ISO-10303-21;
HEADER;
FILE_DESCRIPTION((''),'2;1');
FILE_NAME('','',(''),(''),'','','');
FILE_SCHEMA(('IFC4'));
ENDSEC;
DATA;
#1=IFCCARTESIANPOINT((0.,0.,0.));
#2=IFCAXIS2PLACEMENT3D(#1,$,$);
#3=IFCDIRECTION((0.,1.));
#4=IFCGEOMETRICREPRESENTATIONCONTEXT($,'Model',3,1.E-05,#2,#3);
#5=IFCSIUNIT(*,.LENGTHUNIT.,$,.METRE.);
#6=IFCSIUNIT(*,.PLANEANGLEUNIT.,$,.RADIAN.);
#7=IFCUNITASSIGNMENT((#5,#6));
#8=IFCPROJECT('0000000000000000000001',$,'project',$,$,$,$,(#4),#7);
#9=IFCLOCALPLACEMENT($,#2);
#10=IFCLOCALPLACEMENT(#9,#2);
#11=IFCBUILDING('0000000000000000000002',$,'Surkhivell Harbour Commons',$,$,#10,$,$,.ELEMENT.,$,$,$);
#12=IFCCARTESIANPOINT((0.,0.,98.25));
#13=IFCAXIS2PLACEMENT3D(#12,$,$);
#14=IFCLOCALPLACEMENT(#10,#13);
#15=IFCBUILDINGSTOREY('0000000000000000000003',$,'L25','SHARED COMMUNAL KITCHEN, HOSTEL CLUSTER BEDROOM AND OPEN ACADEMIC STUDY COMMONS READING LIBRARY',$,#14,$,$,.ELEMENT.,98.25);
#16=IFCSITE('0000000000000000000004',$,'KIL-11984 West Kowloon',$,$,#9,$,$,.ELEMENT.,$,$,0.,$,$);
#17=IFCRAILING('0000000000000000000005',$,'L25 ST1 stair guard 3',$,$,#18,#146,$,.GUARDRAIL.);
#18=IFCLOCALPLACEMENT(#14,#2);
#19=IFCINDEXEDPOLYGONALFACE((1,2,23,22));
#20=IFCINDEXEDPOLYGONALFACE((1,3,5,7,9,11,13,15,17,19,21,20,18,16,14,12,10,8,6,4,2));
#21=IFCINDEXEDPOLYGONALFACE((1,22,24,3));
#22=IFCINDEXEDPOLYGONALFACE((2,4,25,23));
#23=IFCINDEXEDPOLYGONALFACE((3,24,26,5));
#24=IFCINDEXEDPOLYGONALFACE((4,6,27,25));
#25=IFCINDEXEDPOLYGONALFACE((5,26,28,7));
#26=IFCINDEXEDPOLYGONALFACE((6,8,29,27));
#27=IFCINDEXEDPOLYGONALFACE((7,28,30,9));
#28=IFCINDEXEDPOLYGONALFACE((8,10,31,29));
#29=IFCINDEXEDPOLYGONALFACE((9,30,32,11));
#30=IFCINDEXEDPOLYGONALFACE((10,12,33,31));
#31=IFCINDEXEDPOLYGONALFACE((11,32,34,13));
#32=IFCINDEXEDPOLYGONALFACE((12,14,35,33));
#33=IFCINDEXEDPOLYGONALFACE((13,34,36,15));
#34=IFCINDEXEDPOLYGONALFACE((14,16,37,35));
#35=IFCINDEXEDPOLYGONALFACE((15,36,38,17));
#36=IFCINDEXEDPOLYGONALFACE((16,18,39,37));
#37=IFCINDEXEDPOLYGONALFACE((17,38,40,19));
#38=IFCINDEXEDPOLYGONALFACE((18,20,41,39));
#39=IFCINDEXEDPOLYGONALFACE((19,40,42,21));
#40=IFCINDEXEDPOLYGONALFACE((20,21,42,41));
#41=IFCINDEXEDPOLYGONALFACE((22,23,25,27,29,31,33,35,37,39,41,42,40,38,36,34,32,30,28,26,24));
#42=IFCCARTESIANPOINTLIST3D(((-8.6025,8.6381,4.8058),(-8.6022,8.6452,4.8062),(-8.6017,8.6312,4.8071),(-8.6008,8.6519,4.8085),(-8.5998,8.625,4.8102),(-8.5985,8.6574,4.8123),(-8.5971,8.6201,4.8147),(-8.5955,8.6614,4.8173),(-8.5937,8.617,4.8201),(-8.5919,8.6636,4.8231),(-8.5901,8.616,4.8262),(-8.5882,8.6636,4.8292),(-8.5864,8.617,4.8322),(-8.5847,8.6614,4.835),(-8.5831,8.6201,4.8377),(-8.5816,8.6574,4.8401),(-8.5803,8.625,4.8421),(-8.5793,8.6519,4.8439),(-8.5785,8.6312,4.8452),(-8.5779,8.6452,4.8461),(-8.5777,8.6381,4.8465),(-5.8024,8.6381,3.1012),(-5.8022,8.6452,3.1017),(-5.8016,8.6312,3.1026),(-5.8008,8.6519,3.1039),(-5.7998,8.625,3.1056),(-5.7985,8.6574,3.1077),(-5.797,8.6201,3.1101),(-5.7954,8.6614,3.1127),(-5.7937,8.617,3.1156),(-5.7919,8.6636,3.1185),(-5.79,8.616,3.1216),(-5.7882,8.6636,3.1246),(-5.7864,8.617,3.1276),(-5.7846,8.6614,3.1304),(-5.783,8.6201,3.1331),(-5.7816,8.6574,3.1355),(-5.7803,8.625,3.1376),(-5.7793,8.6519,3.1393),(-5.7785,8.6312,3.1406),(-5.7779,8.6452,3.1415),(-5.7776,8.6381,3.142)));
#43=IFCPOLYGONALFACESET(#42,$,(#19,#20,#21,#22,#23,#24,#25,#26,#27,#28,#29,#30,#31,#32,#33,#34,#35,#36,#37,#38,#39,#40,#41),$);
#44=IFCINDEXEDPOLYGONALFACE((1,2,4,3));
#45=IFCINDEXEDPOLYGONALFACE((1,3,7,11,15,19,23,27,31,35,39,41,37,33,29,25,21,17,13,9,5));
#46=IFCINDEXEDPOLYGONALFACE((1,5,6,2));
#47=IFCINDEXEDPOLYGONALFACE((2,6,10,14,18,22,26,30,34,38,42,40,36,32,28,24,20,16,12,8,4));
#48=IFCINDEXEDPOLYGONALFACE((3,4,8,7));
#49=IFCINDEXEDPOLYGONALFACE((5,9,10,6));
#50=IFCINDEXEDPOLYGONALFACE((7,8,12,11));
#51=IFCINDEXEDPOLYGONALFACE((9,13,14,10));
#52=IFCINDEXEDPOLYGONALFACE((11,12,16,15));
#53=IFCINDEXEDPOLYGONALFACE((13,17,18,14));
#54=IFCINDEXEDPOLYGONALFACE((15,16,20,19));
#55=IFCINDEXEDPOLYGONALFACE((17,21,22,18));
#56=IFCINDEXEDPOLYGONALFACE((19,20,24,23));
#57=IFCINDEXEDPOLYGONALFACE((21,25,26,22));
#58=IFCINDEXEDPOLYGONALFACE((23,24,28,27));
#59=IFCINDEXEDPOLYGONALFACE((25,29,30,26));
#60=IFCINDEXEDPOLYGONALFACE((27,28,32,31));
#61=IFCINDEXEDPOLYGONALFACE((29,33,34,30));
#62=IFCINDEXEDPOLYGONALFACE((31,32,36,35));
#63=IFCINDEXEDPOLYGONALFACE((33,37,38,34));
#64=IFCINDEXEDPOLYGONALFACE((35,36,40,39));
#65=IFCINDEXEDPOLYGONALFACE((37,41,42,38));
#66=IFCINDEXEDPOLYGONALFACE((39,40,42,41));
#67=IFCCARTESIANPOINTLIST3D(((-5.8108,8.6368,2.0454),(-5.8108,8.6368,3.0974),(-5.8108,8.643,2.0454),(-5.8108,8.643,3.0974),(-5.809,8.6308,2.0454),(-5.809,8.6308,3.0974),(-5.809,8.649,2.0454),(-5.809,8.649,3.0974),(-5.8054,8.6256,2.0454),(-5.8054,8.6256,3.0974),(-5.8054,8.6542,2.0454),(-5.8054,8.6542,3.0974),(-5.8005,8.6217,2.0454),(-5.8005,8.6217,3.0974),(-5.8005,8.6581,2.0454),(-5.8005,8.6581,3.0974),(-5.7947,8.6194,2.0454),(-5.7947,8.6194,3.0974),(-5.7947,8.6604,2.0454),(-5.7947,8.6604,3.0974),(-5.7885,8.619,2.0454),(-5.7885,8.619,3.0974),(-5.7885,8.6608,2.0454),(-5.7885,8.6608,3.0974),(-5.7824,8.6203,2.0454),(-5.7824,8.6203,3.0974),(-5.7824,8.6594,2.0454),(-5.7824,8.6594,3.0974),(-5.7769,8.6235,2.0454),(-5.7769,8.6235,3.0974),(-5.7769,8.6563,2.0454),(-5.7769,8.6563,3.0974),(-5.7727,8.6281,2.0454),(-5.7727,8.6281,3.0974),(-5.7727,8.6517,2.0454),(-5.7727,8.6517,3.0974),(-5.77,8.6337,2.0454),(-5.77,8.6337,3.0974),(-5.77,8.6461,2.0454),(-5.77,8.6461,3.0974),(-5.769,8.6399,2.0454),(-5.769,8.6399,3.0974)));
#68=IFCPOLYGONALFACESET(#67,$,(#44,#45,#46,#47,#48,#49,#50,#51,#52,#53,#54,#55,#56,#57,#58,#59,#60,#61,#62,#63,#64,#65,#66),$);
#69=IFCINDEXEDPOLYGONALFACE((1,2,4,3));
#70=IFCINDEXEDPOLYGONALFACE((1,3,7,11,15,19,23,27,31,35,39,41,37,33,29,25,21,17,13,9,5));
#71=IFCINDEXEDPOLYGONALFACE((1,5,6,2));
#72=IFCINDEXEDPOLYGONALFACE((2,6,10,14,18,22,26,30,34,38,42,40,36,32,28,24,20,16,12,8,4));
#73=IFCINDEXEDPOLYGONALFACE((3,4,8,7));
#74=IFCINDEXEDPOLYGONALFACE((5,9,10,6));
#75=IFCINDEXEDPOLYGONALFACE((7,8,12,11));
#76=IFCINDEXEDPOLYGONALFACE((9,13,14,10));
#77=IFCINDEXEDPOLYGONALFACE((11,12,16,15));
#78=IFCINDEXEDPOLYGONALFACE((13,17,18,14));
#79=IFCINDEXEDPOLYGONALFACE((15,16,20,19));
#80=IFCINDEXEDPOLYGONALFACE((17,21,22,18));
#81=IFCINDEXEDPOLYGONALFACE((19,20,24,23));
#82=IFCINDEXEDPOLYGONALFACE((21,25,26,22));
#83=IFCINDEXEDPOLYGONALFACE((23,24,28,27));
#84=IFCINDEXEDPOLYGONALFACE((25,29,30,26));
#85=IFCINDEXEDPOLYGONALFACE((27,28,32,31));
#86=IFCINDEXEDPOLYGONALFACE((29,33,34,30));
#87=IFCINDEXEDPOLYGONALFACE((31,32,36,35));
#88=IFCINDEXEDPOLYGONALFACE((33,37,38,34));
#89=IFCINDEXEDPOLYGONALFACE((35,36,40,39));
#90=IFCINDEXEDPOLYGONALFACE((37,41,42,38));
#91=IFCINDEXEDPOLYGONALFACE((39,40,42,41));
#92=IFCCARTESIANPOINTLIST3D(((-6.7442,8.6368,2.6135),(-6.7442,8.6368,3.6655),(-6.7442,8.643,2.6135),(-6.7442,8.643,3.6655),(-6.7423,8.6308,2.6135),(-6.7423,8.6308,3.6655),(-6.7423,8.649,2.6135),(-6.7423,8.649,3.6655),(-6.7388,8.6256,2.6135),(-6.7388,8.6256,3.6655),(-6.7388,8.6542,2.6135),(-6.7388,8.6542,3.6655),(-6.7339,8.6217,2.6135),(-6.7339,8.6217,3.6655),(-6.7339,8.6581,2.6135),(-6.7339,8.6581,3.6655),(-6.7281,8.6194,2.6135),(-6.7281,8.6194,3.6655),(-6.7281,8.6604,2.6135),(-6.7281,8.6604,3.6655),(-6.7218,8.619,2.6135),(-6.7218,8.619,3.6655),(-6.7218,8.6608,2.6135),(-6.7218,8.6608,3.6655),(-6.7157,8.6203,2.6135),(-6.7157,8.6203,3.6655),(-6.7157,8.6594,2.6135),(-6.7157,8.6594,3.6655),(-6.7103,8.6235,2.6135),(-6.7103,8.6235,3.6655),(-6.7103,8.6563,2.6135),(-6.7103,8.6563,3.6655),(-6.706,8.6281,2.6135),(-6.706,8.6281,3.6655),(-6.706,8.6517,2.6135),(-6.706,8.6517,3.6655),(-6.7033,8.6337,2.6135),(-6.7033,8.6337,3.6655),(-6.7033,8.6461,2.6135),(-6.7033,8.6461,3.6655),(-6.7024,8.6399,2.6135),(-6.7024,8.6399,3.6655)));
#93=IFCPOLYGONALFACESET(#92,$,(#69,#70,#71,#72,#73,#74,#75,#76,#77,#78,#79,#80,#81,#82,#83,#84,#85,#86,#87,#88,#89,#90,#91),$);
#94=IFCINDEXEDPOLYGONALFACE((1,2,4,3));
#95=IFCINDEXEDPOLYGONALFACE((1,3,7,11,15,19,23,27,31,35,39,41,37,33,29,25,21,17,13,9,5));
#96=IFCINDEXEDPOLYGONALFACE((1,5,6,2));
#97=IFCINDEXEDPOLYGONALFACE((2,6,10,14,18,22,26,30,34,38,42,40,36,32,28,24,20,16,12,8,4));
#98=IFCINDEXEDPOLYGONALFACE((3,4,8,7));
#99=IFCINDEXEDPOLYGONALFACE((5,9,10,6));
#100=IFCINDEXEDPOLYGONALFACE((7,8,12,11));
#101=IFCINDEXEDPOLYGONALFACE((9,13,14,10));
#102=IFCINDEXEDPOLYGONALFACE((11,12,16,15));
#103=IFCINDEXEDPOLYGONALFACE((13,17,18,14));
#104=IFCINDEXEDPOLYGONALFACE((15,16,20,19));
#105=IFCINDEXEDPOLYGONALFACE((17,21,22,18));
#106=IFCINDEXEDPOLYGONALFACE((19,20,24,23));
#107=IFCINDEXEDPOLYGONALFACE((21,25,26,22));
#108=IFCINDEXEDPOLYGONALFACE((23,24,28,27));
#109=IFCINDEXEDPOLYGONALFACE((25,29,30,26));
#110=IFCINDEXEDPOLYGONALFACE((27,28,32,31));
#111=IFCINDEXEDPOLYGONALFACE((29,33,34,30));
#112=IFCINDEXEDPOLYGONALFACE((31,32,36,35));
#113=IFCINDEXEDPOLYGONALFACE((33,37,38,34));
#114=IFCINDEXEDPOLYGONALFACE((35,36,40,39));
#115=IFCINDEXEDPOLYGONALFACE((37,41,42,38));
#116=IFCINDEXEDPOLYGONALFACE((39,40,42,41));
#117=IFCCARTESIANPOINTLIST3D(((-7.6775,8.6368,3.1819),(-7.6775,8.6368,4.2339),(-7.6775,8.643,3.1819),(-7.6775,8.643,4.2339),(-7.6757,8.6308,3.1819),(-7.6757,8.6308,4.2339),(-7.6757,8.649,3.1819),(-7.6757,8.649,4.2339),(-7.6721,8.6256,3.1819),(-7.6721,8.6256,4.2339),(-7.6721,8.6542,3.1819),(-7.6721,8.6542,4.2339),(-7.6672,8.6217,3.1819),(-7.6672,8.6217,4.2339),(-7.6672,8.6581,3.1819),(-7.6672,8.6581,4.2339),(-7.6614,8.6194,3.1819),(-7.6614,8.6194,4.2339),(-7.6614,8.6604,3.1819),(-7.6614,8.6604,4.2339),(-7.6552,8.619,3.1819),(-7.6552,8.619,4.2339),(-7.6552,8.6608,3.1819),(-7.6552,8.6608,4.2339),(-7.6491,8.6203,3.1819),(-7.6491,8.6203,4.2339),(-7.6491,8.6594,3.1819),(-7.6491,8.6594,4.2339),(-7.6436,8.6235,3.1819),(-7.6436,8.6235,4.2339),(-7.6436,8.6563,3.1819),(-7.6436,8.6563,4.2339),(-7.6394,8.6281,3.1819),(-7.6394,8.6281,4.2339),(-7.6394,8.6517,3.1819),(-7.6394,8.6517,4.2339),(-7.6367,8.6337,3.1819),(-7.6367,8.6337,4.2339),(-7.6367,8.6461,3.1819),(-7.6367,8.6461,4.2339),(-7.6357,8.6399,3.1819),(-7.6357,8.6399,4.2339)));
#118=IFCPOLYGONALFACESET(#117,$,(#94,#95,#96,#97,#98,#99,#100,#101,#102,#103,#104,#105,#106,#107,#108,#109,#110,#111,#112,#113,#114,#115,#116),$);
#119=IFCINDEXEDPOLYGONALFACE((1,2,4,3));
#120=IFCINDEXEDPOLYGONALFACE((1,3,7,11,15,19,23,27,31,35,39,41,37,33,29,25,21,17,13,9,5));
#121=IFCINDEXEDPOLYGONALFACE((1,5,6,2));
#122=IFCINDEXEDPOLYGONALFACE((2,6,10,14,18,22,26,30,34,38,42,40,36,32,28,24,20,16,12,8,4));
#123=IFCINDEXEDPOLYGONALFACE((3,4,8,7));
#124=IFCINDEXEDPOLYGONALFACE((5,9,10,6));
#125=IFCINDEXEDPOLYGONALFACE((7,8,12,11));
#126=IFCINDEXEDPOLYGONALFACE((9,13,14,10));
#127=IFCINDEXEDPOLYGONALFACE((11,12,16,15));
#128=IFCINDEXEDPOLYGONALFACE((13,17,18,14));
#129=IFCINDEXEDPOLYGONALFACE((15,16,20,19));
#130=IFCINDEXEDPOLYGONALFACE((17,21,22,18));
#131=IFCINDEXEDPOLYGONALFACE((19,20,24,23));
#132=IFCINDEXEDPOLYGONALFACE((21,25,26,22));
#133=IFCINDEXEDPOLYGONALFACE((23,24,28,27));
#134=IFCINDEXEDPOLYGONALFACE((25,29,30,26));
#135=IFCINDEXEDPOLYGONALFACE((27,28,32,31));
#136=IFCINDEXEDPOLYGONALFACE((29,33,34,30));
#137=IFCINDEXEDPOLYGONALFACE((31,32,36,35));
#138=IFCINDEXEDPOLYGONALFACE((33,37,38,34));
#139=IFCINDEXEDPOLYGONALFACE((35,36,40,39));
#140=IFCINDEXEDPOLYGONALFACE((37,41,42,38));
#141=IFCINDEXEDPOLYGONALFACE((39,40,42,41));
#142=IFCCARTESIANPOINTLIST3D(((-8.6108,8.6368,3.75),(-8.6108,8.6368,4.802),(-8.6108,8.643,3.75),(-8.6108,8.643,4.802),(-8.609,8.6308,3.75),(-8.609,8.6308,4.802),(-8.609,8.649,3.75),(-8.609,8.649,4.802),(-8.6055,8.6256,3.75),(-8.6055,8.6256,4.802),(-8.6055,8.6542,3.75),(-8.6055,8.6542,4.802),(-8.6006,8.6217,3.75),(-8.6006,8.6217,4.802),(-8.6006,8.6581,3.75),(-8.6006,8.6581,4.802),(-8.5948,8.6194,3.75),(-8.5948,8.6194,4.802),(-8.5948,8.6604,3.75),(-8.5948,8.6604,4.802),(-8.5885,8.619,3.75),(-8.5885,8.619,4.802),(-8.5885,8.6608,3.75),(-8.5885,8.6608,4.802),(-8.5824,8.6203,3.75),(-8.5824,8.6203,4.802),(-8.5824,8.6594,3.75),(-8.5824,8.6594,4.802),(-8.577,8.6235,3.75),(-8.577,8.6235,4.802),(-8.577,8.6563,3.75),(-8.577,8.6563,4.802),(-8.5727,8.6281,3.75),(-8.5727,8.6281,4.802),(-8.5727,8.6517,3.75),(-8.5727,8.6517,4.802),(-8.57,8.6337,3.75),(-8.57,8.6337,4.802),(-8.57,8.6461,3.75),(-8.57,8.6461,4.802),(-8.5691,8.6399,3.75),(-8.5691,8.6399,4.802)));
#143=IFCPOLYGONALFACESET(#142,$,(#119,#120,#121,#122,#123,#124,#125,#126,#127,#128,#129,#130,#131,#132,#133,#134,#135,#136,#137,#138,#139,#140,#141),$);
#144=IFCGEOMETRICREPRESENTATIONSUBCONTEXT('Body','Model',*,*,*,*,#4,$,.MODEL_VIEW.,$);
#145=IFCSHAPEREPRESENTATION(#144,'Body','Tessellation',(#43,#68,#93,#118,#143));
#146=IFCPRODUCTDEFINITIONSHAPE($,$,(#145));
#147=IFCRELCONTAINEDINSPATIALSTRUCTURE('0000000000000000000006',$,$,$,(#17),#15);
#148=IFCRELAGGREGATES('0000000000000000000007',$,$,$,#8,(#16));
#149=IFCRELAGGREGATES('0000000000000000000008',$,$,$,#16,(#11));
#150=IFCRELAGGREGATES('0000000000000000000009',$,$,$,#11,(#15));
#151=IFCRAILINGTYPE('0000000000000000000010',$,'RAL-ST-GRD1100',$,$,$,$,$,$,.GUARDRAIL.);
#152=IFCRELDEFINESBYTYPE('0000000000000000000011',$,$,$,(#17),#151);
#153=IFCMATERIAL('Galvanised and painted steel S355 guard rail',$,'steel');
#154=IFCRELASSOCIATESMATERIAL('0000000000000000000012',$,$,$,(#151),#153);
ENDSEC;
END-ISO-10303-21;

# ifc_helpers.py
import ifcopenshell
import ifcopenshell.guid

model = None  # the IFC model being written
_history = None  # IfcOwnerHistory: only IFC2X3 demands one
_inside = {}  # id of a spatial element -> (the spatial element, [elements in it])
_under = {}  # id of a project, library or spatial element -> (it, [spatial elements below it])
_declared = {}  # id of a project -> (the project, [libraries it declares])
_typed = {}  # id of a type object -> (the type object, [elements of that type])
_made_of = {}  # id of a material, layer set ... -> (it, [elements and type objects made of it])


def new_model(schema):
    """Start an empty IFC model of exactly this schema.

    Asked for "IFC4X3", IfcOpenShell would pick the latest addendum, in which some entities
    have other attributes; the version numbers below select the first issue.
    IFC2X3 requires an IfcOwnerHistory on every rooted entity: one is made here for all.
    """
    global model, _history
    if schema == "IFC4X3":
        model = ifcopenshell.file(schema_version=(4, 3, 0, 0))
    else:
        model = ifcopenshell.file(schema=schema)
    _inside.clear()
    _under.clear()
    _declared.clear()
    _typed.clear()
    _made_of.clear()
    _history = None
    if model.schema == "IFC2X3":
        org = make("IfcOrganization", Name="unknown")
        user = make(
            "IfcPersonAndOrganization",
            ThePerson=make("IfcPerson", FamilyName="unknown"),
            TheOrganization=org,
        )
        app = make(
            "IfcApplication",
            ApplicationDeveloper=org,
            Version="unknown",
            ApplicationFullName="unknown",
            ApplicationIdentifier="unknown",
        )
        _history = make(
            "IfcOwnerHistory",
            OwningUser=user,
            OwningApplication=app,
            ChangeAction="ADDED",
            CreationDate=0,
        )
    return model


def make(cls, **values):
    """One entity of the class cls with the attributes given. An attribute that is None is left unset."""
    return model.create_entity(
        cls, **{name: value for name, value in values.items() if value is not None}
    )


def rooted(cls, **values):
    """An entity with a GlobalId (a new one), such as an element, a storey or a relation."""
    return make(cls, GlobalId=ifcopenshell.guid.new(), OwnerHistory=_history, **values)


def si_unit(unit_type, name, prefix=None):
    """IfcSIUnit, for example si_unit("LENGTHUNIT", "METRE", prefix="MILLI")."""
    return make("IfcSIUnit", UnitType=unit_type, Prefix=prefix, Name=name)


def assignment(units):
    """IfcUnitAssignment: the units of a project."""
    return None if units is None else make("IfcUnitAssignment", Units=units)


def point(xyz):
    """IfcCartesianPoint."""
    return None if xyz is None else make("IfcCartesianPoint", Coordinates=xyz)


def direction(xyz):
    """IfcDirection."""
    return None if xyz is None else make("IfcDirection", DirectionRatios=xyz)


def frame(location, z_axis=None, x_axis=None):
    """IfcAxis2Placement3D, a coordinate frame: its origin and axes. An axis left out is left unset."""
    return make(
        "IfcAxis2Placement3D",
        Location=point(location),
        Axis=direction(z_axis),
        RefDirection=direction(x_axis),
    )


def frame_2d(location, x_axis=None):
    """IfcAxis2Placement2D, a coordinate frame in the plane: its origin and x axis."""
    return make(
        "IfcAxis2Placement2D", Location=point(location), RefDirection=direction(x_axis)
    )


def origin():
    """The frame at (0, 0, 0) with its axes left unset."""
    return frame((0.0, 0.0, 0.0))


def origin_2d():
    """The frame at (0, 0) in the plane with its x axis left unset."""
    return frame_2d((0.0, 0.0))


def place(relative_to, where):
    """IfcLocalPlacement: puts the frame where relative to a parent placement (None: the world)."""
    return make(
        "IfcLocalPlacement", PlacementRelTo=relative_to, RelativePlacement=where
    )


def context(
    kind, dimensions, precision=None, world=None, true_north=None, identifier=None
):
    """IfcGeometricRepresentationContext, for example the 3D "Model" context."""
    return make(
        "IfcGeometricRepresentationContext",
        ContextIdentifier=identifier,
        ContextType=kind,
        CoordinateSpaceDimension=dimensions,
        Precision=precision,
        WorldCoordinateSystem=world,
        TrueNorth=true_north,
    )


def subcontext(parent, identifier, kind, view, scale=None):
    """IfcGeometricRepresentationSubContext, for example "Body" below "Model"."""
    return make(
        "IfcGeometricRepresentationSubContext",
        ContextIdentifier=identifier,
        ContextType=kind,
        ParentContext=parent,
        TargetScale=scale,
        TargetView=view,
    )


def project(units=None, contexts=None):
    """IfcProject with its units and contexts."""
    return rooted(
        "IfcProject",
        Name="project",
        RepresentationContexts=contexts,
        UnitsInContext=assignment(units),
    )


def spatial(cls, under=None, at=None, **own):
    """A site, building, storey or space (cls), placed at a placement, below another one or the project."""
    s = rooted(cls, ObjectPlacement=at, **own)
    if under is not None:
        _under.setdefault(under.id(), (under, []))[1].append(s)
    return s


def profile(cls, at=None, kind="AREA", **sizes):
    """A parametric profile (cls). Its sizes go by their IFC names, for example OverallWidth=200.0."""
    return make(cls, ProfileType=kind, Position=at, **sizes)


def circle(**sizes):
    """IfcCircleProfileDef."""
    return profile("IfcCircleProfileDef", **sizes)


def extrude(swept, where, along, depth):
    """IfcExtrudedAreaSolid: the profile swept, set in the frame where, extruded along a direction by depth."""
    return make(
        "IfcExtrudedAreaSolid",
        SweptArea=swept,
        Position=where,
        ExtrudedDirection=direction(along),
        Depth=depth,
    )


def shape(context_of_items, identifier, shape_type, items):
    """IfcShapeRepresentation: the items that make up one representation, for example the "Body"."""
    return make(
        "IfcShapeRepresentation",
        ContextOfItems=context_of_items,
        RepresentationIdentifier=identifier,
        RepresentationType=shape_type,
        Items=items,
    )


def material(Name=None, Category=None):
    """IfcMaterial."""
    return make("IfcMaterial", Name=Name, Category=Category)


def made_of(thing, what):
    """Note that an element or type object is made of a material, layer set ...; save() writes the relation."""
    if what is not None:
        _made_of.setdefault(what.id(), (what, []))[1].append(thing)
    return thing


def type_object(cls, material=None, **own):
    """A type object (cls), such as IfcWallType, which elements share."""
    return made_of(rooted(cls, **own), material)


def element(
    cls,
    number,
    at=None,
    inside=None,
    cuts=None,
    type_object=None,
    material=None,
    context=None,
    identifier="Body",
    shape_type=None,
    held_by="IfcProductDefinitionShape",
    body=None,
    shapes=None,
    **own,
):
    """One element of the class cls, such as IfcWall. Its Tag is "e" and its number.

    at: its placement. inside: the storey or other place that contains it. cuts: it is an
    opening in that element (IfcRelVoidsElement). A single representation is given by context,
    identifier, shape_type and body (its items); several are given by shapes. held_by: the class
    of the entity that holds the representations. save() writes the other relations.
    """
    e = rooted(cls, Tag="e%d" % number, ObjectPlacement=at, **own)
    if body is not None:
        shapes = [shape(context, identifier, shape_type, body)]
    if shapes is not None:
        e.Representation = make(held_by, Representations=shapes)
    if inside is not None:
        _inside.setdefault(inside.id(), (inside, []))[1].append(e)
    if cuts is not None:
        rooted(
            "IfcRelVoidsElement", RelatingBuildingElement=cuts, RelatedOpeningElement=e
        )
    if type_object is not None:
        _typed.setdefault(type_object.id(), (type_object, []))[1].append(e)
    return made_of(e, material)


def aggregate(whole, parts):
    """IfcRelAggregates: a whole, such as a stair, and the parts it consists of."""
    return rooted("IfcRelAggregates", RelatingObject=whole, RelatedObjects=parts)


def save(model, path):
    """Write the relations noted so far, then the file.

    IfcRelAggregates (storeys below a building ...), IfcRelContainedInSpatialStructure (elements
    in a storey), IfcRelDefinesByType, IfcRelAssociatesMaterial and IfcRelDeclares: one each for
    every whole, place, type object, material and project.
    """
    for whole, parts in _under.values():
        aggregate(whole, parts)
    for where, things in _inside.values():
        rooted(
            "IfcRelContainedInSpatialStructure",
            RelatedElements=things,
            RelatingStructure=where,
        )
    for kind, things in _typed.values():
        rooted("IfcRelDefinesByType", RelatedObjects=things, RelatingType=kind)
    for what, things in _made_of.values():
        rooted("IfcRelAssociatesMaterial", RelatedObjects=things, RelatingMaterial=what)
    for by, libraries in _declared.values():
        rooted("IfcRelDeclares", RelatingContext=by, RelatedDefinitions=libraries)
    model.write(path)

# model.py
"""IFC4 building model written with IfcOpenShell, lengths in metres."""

from ifc_helpers import new_model, si_unit, direction, frame, origin, origin_2d, place, context, subcontext, project, spatial, circle, extrude, material, type_object, element, save


model = new_model("IFC4")

# Units and contexts
model_context = context("Model", 3, precision=1e-05, world=origin(), true_north=direction((0.0, 1.0)))
body_context = subcontext(model_context, "Body", "Model", "MODEL_VIEW")
ifc_project = project(units=[si_unit("LENGTHUNIT", "METRE"), si_unit("PLANEANGLEUNIT", "RADIAN")], contexts=[model_context])

# Site, building, storey
site_placement = place(None, origin())
site = spatial("IfcSite", under=ifc_project, at=site_placement, Name="KIL-11984 West Kowloon", CompositionType="ELEMENT", RefElevation=0.0)
building_placement = place(site_placement, origin())
building = spatial("IfcBuilding", under=site, at=building_placement, Name="Surkhivell Harbour Commons", CompositionType="ELEMENT")
storey_placement = place(building_placement, frame((0.0, 0.0, 98.25)))
storey = spatial("IfcBuildingStorey", under=building, at=storey_placement, Name="L25", Description="SHARED COMMUNAL KITCHEN, HOSTEL CLUSTER BEDROOM AND OPEN ACADEMIC STUDY COMMONS READING LIBRARY", CompositionType="ELEMENT", Elevation=98.25)

# Railing
ifc_material_1 = material(Name="Galvanised and painted steel S355 guard rail", Category="steel")
railing_type_1 = type_object("IfcRailingType", Name="RAL-ST-GRD1100", PredefinedType="GUARDRAIL", material=ifc_material_1)
railing_1_placement = place(storey_placement, frame((-5.79, 8.6399, 2.0454)))
element("IfcRailing", 1, at=railing_1_placement, inside=storey, type_object=railing_type_1, Name="L25 ST1 stair guard 3", PredefinedType="GUARDRAIL", context=body_context, shape_type="SweptSolid", body=[
    extrude(circle(Radius=0.0239, at=origin_2d()), frame((0.0, 0.0, 1.0762), z_axis=(-0.85417, 0.0, 0.519994), x_axis=(0.0, -1.0, 0.0)), (0.0, 0.0, 1.0), 3.2781),
    extrude(circle(Radius=0.021, at=origin_2d()), origin(), (0.0, 0.0, 1.0), 1.052),
    extrude(circle(Radius=0.021, at=origin_2d()), frame((-0.9333, 0.0, 0.5681)), (0.0, 0.0, 1.0), 1.052),
    extrude(circle(Radius=0.021, at=origin_2d()), frame((-1.8667, 0.0, 1.1365)), (0.0, 0.0, 1.0), 1.052),
    extrude(circle(Radius=0.021, at=origin_2d()), frame((-2.8, 0.0, 1.7046)), (0.0, 0.0, 1.0), 1.052),
])

save(model, "model.ifc")
